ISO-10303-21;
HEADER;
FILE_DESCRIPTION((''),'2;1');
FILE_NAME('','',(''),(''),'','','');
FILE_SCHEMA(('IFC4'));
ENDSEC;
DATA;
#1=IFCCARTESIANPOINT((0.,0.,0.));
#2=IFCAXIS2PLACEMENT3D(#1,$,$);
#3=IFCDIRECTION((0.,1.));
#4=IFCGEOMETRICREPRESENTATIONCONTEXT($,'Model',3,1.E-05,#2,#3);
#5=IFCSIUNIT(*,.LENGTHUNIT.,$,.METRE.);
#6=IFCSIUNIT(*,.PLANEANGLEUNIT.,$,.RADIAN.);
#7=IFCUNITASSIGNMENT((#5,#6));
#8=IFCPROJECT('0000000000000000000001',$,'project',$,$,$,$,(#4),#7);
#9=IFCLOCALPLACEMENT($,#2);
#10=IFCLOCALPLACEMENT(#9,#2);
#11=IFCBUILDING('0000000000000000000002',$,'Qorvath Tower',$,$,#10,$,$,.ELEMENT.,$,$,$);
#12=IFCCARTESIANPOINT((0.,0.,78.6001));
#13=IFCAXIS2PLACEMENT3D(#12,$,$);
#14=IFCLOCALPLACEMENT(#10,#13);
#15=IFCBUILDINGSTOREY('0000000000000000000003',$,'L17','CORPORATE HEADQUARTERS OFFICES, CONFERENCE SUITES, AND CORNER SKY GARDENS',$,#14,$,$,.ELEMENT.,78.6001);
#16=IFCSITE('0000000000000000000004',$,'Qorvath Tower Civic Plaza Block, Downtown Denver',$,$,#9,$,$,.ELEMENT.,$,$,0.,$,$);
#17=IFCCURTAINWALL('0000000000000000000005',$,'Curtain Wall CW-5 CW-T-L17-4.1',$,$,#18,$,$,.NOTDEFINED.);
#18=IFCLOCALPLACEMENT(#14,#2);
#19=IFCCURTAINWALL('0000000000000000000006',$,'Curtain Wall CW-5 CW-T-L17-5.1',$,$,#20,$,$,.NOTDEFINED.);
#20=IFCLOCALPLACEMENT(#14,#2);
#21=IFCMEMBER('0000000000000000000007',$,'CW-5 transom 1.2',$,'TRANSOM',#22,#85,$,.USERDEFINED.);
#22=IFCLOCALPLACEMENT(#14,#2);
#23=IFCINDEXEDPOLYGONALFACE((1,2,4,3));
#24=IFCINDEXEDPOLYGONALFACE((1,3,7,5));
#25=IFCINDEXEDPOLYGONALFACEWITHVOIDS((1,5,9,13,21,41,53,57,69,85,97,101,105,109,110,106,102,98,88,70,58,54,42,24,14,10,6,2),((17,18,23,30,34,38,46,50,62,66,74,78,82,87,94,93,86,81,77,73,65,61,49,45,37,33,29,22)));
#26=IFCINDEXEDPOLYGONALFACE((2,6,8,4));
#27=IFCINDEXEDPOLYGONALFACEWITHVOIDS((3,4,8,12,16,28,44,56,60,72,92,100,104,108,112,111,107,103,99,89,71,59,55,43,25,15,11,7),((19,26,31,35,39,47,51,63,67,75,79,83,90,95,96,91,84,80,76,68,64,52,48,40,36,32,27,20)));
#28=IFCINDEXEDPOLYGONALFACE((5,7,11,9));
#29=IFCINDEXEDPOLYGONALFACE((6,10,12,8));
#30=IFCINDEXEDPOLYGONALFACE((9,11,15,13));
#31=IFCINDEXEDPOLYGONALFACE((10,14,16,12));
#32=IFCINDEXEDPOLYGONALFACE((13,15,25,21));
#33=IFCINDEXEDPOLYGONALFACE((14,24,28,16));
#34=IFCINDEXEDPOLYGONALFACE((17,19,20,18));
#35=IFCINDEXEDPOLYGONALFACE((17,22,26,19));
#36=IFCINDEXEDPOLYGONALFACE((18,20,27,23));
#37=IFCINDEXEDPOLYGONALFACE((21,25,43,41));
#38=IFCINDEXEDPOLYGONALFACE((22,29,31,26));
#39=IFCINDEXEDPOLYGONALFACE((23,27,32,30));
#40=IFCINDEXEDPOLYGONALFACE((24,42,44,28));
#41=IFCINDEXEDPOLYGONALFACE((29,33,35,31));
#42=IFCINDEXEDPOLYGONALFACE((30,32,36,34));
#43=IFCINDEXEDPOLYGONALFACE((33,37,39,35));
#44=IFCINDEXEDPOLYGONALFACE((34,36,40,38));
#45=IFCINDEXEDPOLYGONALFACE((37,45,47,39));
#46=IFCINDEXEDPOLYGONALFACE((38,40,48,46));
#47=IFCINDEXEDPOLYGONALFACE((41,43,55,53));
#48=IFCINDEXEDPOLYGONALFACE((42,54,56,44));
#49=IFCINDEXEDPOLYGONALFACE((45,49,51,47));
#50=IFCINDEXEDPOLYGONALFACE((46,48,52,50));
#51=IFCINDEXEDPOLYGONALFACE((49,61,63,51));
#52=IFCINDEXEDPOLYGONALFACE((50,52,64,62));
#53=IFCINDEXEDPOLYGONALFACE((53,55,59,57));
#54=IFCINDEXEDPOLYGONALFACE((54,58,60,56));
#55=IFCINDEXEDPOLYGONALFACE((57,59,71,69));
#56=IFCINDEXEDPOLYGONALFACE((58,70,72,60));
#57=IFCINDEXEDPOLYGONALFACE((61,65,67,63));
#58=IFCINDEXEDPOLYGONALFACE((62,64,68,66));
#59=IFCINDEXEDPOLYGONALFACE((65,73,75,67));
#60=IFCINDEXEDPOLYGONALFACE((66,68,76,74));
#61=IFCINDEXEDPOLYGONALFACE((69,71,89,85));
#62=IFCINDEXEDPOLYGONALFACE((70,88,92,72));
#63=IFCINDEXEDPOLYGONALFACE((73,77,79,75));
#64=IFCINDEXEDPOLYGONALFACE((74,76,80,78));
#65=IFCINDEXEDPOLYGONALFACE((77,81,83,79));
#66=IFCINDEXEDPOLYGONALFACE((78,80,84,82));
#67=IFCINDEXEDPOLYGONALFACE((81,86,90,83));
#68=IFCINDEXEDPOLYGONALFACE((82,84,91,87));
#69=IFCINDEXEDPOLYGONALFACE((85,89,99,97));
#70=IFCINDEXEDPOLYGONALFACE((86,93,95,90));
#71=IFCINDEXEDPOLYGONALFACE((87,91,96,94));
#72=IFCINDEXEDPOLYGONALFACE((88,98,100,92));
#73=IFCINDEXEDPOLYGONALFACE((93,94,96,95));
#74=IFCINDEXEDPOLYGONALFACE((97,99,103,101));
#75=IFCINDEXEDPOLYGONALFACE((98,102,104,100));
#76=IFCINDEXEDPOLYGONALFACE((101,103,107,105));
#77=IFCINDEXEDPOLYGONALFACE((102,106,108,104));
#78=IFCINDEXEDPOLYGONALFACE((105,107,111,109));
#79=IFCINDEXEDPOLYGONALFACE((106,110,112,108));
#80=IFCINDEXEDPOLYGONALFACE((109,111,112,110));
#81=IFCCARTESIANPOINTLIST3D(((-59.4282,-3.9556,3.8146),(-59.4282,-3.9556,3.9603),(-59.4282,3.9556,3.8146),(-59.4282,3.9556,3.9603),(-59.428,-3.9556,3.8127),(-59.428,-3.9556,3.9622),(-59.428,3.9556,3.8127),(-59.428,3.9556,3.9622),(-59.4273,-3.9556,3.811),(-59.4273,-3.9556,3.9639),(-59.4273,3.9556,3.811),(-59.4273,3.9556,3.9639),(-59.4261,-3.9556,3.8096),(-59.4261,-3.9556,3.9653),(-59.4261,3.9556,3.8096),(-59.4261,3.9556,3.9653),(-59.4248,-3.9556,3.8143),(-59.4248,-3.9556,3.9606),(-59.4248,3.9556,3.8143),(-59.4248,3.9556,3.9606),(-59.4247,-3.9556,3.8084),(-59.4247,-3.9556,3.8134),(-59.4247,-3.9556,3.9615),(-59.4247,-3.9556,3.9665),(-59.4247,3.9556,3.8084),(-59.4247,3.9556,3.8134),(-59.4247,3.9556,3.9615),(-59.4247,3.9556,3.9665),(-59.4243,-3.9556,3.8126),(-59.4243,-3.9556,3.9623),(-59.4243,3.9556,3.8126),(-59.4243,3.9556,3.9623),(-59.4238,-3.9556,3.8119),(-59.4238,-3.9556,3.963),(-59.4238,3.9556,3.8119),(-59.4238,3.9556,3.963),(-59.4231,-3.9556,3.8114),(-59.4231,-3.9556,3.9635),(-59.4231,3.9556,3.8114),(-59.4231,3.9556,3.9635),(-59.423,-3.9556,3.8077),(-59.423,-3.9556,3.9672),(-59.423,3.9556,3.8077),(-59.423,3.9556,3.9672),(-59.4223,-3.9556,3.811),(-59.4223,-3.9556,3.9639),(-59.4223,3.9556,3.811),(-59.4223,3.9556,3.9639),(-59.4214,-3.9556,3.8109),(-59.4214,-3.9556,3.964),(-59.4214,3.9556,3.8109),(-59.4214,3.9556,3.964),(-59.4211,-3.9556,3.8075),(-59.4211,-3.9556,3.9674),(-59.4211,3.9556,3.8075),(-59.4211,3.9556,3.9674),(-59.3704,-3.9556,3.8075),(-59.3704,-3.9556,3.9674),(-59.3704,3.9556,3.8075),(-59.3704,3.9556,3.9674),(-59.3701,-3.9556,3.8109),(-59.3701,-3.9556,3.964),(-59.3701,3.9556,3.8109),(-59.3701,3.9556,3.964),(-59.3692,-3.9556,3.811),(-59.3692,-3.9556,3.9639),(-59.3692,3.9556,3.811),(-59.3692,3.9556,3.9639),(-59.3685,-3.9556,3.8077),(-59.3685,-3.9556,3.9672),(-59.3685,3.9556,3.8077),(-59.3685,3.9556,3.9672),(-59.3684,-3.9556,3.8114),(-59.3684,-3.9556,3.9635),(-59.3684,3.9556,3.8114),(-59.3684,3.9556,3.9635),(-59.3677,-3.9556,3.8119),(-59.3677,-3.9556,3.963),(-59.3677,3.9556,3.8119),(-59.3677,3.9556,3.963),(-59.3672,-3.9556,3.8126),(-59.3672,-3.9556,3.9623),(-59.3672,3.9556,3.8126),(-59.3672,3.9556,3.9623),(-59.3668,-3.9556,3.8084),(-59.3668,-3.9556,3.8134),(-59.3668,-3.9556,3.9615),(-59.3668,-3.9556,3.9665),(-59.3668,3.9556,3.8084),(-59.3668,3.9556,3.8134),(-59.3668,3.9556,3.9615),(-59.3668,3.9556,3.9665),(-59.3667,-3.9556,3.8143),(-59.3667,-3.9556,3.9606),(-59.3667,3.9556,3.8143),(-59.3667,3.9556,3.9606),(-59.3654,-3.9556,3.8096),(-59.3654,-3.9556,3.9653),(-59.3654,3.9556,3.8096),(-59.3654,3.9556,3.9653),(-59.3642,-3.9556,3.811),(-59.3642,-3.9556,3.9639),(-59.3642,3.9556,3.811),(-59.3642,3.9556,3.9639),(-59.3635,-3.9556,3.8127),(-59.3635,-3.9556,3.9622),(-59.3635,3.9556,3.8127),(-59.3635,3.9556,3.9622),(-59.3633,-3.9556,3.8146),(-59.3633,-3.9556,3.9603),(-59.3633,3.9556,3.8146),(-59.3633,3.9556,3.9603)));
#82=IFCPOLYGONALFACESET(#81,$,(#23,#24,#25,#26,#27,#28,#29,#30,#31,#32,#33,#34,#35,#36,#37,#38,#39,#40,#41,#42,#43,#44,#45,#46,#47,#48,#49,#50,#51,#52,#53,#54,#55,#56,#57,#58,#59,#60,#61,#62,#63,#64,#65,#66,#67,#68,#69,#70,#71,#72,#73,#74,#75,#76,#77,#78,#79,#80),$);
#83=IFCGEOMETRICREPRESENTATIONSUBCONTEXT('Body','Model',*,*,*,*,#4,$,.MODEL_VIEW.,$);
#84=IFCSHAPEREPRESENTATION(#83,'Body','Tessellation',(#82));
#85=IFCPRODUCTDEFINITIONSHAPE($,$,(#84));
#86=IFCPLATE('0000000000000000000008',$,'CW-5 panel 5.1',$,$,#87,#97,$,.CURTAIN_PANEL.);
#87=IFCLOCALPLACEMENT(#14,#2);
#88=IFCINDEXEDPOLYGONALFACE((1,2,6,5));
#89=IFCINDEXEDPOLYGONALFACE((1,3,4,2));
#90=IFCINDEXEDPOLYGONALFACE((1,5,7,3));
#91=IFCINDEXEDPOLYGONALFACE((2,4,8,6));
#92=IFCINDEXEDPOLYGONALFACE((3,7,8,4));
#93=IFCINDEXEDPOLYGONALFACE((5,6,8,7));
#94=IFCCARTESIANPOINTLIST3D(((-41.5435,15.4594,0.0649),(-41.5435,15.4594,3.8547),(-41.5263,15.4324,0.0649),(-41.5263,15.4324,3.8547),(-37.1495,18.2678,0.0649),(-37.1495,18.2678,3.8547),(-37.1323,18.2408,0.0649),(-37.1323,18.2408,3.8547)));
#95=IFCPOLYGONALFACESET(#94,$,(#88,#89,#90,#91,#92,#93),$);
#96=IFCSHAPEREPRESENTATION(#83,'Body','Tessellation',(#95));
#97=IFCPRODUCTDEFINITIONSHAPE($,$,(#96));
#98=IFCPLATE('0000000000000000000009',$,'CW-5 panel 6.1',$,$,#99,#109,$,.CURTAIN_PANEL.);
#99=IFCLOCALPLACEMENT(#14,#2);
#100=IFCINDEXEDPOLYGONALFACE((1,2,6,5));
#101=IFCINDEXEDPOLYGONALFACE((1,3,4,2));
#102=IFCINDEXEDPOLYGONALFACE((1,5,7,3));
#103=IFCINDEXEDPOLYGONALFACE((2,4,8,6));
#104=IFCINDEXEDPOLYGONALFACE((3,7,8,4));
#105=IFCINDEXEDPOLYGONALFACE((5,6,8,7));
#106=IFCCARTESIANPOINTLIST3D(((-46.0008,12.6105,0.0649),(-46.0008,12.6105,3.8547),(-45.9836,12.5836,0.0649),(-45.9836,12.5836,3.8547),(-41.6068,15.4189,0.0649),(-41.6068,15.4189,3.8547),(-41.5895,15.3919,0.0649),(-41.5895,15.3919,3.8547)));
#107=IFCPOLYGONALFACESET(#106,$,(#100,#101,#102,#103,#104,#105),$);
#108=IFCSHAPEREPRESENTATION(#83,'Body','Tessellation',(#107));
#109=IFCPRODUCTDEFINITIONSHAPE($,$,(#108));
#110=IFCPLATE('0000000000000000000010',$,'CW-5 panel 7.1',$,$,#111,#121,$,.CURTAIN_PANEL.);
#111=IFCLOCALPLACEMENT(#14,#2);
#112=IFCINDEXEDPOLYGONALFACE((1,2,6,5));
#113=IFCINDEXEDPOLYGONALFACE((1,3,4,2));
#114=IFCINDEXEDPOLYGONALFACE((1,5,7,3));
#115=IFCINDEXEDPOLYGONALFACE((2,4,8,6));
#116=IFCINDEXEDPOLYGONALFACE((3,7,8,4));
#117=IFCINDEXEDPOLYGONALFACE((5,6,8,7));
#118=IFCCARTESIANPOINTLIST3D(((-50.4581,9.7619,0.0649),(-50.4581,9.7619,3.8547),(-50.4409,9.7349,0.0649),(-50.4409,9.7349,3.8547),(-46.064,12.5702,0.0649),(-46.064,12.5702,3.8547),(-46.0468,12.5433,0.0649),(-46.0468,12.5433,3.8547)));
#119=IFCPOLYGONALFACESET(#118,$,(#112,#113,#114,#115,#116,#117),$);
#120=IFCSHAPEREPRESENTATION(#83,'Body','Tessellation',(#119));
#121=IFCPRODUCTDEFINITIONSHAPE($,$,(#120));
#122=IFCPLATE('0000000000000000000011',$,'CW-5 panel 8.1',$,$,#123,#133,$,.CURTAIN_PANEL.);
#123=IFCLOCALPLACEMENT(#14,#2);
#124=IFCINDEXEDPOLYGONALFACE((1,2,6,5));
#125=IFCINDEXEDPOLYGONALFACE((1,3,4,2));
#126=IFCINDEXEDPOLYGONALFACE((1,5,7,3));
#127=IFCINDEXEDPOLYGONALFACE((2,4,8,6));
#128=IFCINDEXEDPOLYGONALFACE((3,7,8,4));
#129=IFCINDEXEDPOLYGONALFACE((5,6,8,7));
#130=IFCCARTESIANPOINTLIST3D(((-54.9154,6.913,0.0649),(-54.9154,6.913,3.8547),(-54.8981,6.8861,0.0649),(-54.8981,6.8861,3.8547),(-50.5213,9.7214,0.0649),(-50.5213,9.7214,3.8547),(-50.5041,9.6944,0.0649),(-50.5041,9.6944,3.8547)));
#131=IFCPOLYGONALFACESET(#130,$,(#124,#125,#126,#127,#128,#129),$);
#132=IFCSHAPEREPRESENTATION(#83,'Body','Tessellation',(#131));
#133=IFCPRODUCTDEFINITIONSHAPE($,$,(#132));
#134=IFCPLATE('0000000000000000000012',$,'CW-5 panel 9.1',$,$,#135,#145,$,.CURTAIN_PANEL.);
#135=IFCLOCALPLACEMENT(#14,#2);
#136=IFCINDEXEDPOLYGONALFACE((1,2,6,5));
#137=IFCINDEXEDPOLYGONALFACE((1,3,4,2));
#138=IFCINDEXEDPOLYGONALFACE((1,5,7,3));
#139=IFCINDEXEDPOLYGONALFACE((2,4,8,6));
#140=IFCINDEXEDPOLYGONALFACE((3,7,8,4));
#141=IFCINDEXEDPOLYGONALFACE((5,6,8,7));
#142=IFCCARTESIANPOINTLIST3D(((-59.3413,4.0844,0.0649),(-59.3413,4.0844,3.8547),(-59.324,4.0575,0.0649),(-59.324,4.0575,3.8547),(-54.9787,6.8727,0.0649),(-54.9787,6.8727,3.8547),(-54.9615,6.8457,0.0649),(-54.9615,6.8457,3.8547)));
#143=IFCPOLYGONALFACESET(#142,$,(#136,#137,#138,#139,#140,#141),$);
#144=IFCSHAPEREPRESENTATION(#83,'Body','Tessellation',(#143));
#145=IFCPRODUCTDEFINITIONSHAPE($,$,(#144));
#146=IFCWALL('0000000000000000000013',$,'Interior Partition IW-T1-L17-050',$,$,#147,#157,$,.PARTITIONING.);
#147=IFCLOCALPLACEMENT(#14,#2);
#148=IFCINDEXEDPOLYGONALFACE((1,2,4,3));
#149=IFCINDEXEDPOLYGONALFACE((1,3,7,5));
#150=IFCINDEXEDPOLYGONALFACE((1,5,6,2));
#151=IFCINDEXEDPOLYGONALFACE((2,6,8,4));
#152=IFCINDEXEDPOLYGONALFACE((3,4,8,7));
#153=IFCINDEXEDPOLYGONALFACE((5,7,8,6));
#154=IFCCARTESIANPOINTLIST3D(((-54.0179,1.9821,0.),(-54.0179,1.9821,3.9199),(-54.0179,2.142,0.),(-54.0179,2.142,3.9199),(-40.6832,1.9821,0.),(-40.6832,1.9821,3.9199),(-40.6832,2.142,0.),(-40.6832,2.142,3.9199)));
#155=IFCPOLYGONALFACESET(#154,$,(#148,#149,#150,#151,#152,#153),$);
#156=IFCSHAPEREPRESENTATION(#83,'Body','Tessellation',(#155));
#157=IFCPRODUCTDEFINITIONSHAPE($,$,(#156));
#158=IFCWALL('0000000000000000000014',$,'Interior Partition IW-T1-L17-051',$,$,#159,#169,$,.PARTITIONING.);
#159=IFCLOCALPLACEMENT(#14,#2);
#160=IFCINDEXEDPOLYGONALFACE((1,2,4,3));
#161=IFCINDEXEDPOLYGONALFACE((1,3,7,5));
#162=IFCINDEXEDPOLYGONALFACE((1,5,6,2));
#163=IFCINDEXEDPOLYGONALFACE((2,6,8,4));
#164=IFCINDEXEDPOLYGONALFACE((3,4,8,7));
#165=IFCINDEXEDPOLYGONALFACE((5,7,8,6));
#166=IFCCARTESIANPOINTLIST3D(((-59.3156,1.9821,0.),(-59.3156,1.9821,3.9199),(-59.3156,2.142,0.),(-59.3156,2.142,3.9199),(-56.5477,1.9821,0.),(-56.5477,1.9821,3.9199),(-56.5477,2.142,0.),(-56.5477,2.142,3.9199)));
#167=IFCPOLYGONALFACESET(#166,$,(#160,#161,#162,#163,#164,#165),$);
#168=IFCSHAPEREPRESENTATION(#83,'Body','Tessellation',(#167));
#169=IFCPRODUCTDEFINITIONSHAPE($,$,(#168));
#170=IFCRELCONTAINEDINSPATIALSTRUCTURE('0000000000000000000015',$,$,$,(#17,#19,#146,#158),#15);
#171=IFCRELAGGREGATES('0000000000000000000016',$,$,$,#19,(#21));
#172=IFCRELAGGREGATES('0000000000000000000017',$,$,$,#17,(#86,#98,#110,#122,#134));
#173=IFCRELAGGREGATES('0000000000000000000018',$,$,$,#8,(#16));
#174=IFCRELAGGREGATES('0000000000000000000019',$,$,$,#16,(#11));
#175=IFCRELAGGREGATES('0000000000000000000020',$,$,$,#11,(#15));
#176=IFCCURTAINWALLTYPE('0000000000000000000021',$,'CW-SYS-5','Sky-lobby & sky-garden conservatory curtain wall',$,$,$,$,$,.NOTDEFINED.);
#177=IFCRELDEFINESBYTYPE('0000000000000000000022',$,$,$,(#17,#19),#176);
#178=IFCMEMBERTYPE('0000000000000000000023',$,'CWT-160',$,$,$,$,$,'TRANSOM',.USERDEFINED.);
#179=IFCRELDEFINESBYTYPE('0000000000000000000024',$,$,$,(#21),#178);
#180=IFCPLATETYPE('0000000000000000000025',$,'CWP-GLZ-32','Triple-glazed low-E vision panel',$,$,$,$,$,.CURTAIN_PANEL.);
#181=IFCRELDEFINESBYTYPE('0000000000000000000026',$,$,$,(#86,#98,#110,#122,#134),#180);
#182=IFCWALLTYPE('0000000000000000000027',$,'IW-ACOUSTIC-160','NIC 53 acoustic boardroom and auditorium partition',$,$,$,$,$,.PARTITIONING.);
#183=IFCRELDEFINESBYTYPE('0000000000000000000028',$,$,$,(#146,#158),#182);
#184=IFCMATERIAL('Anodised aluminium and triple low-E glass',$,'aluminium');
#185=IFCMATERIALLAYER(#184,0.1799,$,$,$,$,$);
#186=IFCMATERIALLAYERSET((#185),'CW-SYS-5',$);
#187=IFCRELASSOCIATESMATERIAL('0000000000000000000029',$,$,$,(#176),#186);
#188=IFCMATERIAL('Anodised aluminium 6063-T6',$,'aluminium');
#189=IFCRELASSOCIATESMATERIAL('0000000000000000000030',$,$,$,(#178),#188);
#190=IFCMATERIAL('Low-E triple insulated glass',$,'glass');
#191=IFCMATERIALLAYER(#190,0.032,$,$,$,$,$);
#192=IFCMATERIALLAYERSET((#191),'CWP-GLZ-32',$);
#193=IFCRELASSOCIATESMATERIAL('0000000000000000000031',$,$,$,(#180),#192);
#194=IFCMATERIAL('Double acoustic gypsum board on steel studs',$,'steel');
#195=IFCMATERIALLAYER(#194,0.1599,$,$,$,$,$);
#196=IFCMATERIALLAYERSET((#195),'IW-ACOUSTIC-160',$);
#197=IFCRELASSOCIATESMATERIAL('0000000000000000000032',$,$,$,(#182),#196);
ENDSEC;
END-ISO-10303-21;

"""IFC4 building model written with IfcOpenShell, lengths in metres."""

from ifc_helpers import new_model, si_unit, direction, frame, frame_2d, origin, origin_2d, place, context, subcontext, project, spatial, rectangle, hollow_rectangle, extrude, material, layer, layer_set, material_profile, profile_set, type_object, element, aggregate, save


model = new_model("IFC4")

# Units and contexts
model_context = context("Model", 3, precision=1e-05, world=origin(), true_north=direction((0.0, 1.0)))
body_context = subcontext(model_context, "Body", "Model", "MODEL_VIEW")
ifc_project = project(units=[si_unit("LENGTHUNIT", "METRE"), si_unit("PLANEANGLEUNIT", "RADIAN")], contexts=[model_context])

# Site, building, storey
site_placement = place(None, origin())
site = spatial("IfcSite", under=ifc_project, at=site_placement, Name="Qorvath Tower Civic Plaza Block, Downtown Denver", CompositionType="ELEMENT", RefElevation=0.0)
building_placement = place(site_placement, origin())
building = spatial("IfcBuilding", under=site, at=building_placement, Name="Qorvath Tower", CompositionType="ELEMENT")
storey_placement = place(building_placement, frame((0.0, 0.0, 78.6001)))
storey = spatial("IfcBuildingStorey", under=building, at=storey_placement, Name="L17", Description="CORPORATE HEADQUARTERS OFFICES, CONFERENCE SUITES, AND CORNER SKY GARDENS", CompositionType="ELEMENT", Elevation=78.6001)

# Curtain wall
ifc_material_1 = material(Name="Anodised aluminium and triple low-E glass", Category="aluminium")
ifc_layer_1 = layer(ifc_material_1, 0.1799)
ifc_layer_set_1 = layer_set([ifc_layer_1], Name="CW-SYS-5")
curtain_wall_type = type_object("IfcCurtainWallType", Name="CW-SYS-5", Description="Sky-lobby & sky-garden conservatory curtain wall", PredefinedType="NOTDEFINED", material=ifc_layer_set_1)
curtain_wall_1_placement = place(storey_placement, origin())
curtain_wall_1 = element("IfcCurtainWall", 1, at=curtain_wall_1_placement, inside=storey, type_object=curtain_wall_type, Name="Curtain Wall CW-5 CW-T-L17-4.1", PredefinedType="NOTDEFINED")

# Curtain wall
curtain_wall_2_placement = place(storey_placement, origin())
curtain_wall_2 = element("IfcCurtainWall", 2, at=curtain_wall_2_placement, inside=storey, type_object=curtain_wall_type, Name="Curtain Wall CW-5 CW-T-L17-5.1", PredefinedType="NOTDEFINED")

# Member
ifc_material_2 = material(Name="Anodised aluminium 6063-T6", Category="aluminium")
ifc_material_profile_1 = material_profile(ifc_material_2, hollow_rectangle(XDim=0.0649, YDim=0.1599, WallThickness=0.0034, InnerFilletRadius=0.0034, OuterFilletRadius=0.0071, at=origin_2d()), Name="CWT 160x65")
ifc_profile_set_1 = profile_set([ifc_material_profile_1], Name="Anodised aluminium 6063-T6")
member_type_1 = type_object("IfcMemberType", Name="CWT-160", ElementType="TRANSOM", PredefinedType="USERDEFINED", material=ifc_profile_set_1)
member_1_placement = place(storey_placement, frame((-59.3958, 3.9556, 3.8875), z_axis=(0.0, -1.0, 0.0), x_axis=(1.0, 0.0, 0.0)))
member_1 = element("IfcMember", 3, at=member_1_placement, type_object=member_type_1, Name="CW-5 transom 1.2", ObjectType="TRANSOM", PredefinedType="USERDEFINED", context=body_context, shape_type="SweptSolid", body=[
    extrude(hollow_rectangle(XDim=0.0649, YDim=0.1599, WallThickness=0.0034, InnerFilletRadius=0.0034, OuterFilletRadius=0.0071, at=origin_2d()), origin(), (0.0, 0.0, 1.0), 7.9111),
])
aggregate(curtain_wall_2, [member_1])

# Plates
ifc_material_3 = material(Name="Low-E triple insulated glass", Category="glass")
ifc_layer_2 = layer(ifc_material_3, 0.032)
ifc_layer_set_2 = layer_set([ifc_layer_2], Name="CWP-GLZ-32")
plate_type = type_object("IfcPlateType", Name="CWP-GLZ-32", Description="Triple-glazed low-E vision panel", PredefinedType="CURTAIN_PANEL", material=ifc_layer_set_2)
plate_1_placement = place(storey_placement, frame((-39.3379, 16.8501, 0.0649), z_axis=(0.0, 0.0, 1.0), x_axis=(-0.842604, -0.538533, 0.0)))
plate_1 = element("IfcPlate", 4, at=plate_1_placement, type_object=plate_type, Name="CW-5 panel 5.1", PredefinedType="CURTAIN_PANEL", context=body_context, shape_type="SweptSolid", body=[
    extrude(rectangle(XDim=5.2148, YDim=0.032, at=origin_2d()), origin(), (0.0, 0.0, 1.0), 3.7898),
])
plate_2_placement = place(storey_placement, frame((-43.7952, 14.0012, 0.0649), z_axis=(0.0, 0.0, 1.0), x_axis=(-0.842604, -0.538533, 0.0)))
plate_2 = element("IfcPlate", 5, at=plate_2_placement, type_object=plate_type, Name="CW-5 panel 6.1", PredefinedType="CURTAIN_PANEL", context=body_context, shape_type="SweptSolid", body=[
    extrude(rectangle(XDim=5.2148, YDim=0.032, at=origin_2d()), origin(), (0.0, 0.0, 1.0), 3.7898),
])
plate_3_placement = place(storey_placement, frame((-48.2524, 11.1526, 0.0649), z_axis=(0.0, 0.0, 1.0), x_axis=(-0.842604, -0.538533, 0.0)))
plate_3 = element("IfcPlate", 6, at=plate_3_placement, type_object=plate_type, Name="CW-5 panel 7.1", PredefinedType="CURTAIN_PANEL", context=body_context, shape_type="SweptSolid", body=[
    extrude(rectangle(XDim=5.2148, YDim=0.032, at=origin_2d()), origin(), (0.0, 0.0, 1.0), 3.7898),
])
plate_4_placement = place(storey_placement, frame((-52.7097, 8.3037, 0.0649), z_axis=(0.0, 0.0, 1.0), x_axis=(-0.842604, -0.538533, 0.0)))
plate_4 = element("IfcPlate", 7, at=plate_4_placement, type_object=plate_type, Name="CW-5 panel 8.1", PredefinedType="CURTAIN_PANEL", context=body_context, shape_type="SweptSolid", body=[
    extrude(rectangle(XDim=5.2148, YDim=0.032, at=origin_2d()), origin(), (0.0, 0.0, 1.0), 3.7898),
])
plate_5_placement = place(storey_placement, frame((-57.1514, 5.4651, 0.0649), z_axis=(0.0, 0.0, 1.0), x_axis=(-0.842604, -0.538533, 0.0)))
plate_5 = element("IfcPlate", 8, at=plate_5_placement, type_object=plate_type, Name="CW-5 panel 9.1", PredefinedType="CURTAIN_PANEL", context=body_context, shape_type="SweptSolid", body=[
    extrude(rectangle(XDim=5.1775, YDim=0.032, at=origin_2d()), origin(), (0.0, 0.0, 1.0), 3.7898),
])
aggregate(curtain_wall_1, [plate_1, plate_2, plate_3, plate_4, plate_5])

# Walls
ifc_material_4 = material(Name="Double acoustic gypsum board on steel studs", Category="steel")
ifc_layer_3 = layer(ifc_material_4, 0.1599)
ifc_layer_set_3 = layer_set([ifc_layer_3], Name="IW-ACOUSTIC-160")
wall_type_1 = type_object("IfcWallType", Name="IW-ACOUSTIC-160", Description="NIC 53 acoustic boardroom and auditorium partition", PredefinedType="PARTITIONING", material=ifc_layer_set_3)
wall_1_placement = place(storey_placement, frame((-40.6831, 2.062, 0.0), z_axis=(0.0, 0.0, 1.0), x_axis=(-1.0, 0.0, 0.0)))
element("IfcWall", 9, at=wall_1_placement, inside=storey, type_object=wall_type_1, Name="Interior Partition IW-T1-L17-050", PredefinedType="PARTITIONING", context=body_context, shape_type="SweptSolid", body=[
    extrude(rectangle(XDim=13.3347, YDim=0.1599, at=frame_2d((6.6675, 0.0))), origin(), (0.0, 0.0, 1.0), 3.9199),
])
wall_2_placement = place(storey_placement, frame((-56.5479, 2.062, 0.0), z_axis=(0.0, 0.0, 1.0), x_axis=(-1.0, 0.0, 0.0)))
element("IfcWall", 10, at=wall_2_placement, inside=storey, type_object=wall_type_1, Name="Interior Partition IW-T1-L17-051", PredefinedType="PARTITIONING", context=body_context, shape_type="SweptSolid", body=[
    extrude(rectangle(XDim=2.7678, YDim=0.1599, at=frame_2d((1.3838, 0.0))), origin(), (0.0, 0.0, 1.0), 3.9199),
])

save(model, "model.ifc")
